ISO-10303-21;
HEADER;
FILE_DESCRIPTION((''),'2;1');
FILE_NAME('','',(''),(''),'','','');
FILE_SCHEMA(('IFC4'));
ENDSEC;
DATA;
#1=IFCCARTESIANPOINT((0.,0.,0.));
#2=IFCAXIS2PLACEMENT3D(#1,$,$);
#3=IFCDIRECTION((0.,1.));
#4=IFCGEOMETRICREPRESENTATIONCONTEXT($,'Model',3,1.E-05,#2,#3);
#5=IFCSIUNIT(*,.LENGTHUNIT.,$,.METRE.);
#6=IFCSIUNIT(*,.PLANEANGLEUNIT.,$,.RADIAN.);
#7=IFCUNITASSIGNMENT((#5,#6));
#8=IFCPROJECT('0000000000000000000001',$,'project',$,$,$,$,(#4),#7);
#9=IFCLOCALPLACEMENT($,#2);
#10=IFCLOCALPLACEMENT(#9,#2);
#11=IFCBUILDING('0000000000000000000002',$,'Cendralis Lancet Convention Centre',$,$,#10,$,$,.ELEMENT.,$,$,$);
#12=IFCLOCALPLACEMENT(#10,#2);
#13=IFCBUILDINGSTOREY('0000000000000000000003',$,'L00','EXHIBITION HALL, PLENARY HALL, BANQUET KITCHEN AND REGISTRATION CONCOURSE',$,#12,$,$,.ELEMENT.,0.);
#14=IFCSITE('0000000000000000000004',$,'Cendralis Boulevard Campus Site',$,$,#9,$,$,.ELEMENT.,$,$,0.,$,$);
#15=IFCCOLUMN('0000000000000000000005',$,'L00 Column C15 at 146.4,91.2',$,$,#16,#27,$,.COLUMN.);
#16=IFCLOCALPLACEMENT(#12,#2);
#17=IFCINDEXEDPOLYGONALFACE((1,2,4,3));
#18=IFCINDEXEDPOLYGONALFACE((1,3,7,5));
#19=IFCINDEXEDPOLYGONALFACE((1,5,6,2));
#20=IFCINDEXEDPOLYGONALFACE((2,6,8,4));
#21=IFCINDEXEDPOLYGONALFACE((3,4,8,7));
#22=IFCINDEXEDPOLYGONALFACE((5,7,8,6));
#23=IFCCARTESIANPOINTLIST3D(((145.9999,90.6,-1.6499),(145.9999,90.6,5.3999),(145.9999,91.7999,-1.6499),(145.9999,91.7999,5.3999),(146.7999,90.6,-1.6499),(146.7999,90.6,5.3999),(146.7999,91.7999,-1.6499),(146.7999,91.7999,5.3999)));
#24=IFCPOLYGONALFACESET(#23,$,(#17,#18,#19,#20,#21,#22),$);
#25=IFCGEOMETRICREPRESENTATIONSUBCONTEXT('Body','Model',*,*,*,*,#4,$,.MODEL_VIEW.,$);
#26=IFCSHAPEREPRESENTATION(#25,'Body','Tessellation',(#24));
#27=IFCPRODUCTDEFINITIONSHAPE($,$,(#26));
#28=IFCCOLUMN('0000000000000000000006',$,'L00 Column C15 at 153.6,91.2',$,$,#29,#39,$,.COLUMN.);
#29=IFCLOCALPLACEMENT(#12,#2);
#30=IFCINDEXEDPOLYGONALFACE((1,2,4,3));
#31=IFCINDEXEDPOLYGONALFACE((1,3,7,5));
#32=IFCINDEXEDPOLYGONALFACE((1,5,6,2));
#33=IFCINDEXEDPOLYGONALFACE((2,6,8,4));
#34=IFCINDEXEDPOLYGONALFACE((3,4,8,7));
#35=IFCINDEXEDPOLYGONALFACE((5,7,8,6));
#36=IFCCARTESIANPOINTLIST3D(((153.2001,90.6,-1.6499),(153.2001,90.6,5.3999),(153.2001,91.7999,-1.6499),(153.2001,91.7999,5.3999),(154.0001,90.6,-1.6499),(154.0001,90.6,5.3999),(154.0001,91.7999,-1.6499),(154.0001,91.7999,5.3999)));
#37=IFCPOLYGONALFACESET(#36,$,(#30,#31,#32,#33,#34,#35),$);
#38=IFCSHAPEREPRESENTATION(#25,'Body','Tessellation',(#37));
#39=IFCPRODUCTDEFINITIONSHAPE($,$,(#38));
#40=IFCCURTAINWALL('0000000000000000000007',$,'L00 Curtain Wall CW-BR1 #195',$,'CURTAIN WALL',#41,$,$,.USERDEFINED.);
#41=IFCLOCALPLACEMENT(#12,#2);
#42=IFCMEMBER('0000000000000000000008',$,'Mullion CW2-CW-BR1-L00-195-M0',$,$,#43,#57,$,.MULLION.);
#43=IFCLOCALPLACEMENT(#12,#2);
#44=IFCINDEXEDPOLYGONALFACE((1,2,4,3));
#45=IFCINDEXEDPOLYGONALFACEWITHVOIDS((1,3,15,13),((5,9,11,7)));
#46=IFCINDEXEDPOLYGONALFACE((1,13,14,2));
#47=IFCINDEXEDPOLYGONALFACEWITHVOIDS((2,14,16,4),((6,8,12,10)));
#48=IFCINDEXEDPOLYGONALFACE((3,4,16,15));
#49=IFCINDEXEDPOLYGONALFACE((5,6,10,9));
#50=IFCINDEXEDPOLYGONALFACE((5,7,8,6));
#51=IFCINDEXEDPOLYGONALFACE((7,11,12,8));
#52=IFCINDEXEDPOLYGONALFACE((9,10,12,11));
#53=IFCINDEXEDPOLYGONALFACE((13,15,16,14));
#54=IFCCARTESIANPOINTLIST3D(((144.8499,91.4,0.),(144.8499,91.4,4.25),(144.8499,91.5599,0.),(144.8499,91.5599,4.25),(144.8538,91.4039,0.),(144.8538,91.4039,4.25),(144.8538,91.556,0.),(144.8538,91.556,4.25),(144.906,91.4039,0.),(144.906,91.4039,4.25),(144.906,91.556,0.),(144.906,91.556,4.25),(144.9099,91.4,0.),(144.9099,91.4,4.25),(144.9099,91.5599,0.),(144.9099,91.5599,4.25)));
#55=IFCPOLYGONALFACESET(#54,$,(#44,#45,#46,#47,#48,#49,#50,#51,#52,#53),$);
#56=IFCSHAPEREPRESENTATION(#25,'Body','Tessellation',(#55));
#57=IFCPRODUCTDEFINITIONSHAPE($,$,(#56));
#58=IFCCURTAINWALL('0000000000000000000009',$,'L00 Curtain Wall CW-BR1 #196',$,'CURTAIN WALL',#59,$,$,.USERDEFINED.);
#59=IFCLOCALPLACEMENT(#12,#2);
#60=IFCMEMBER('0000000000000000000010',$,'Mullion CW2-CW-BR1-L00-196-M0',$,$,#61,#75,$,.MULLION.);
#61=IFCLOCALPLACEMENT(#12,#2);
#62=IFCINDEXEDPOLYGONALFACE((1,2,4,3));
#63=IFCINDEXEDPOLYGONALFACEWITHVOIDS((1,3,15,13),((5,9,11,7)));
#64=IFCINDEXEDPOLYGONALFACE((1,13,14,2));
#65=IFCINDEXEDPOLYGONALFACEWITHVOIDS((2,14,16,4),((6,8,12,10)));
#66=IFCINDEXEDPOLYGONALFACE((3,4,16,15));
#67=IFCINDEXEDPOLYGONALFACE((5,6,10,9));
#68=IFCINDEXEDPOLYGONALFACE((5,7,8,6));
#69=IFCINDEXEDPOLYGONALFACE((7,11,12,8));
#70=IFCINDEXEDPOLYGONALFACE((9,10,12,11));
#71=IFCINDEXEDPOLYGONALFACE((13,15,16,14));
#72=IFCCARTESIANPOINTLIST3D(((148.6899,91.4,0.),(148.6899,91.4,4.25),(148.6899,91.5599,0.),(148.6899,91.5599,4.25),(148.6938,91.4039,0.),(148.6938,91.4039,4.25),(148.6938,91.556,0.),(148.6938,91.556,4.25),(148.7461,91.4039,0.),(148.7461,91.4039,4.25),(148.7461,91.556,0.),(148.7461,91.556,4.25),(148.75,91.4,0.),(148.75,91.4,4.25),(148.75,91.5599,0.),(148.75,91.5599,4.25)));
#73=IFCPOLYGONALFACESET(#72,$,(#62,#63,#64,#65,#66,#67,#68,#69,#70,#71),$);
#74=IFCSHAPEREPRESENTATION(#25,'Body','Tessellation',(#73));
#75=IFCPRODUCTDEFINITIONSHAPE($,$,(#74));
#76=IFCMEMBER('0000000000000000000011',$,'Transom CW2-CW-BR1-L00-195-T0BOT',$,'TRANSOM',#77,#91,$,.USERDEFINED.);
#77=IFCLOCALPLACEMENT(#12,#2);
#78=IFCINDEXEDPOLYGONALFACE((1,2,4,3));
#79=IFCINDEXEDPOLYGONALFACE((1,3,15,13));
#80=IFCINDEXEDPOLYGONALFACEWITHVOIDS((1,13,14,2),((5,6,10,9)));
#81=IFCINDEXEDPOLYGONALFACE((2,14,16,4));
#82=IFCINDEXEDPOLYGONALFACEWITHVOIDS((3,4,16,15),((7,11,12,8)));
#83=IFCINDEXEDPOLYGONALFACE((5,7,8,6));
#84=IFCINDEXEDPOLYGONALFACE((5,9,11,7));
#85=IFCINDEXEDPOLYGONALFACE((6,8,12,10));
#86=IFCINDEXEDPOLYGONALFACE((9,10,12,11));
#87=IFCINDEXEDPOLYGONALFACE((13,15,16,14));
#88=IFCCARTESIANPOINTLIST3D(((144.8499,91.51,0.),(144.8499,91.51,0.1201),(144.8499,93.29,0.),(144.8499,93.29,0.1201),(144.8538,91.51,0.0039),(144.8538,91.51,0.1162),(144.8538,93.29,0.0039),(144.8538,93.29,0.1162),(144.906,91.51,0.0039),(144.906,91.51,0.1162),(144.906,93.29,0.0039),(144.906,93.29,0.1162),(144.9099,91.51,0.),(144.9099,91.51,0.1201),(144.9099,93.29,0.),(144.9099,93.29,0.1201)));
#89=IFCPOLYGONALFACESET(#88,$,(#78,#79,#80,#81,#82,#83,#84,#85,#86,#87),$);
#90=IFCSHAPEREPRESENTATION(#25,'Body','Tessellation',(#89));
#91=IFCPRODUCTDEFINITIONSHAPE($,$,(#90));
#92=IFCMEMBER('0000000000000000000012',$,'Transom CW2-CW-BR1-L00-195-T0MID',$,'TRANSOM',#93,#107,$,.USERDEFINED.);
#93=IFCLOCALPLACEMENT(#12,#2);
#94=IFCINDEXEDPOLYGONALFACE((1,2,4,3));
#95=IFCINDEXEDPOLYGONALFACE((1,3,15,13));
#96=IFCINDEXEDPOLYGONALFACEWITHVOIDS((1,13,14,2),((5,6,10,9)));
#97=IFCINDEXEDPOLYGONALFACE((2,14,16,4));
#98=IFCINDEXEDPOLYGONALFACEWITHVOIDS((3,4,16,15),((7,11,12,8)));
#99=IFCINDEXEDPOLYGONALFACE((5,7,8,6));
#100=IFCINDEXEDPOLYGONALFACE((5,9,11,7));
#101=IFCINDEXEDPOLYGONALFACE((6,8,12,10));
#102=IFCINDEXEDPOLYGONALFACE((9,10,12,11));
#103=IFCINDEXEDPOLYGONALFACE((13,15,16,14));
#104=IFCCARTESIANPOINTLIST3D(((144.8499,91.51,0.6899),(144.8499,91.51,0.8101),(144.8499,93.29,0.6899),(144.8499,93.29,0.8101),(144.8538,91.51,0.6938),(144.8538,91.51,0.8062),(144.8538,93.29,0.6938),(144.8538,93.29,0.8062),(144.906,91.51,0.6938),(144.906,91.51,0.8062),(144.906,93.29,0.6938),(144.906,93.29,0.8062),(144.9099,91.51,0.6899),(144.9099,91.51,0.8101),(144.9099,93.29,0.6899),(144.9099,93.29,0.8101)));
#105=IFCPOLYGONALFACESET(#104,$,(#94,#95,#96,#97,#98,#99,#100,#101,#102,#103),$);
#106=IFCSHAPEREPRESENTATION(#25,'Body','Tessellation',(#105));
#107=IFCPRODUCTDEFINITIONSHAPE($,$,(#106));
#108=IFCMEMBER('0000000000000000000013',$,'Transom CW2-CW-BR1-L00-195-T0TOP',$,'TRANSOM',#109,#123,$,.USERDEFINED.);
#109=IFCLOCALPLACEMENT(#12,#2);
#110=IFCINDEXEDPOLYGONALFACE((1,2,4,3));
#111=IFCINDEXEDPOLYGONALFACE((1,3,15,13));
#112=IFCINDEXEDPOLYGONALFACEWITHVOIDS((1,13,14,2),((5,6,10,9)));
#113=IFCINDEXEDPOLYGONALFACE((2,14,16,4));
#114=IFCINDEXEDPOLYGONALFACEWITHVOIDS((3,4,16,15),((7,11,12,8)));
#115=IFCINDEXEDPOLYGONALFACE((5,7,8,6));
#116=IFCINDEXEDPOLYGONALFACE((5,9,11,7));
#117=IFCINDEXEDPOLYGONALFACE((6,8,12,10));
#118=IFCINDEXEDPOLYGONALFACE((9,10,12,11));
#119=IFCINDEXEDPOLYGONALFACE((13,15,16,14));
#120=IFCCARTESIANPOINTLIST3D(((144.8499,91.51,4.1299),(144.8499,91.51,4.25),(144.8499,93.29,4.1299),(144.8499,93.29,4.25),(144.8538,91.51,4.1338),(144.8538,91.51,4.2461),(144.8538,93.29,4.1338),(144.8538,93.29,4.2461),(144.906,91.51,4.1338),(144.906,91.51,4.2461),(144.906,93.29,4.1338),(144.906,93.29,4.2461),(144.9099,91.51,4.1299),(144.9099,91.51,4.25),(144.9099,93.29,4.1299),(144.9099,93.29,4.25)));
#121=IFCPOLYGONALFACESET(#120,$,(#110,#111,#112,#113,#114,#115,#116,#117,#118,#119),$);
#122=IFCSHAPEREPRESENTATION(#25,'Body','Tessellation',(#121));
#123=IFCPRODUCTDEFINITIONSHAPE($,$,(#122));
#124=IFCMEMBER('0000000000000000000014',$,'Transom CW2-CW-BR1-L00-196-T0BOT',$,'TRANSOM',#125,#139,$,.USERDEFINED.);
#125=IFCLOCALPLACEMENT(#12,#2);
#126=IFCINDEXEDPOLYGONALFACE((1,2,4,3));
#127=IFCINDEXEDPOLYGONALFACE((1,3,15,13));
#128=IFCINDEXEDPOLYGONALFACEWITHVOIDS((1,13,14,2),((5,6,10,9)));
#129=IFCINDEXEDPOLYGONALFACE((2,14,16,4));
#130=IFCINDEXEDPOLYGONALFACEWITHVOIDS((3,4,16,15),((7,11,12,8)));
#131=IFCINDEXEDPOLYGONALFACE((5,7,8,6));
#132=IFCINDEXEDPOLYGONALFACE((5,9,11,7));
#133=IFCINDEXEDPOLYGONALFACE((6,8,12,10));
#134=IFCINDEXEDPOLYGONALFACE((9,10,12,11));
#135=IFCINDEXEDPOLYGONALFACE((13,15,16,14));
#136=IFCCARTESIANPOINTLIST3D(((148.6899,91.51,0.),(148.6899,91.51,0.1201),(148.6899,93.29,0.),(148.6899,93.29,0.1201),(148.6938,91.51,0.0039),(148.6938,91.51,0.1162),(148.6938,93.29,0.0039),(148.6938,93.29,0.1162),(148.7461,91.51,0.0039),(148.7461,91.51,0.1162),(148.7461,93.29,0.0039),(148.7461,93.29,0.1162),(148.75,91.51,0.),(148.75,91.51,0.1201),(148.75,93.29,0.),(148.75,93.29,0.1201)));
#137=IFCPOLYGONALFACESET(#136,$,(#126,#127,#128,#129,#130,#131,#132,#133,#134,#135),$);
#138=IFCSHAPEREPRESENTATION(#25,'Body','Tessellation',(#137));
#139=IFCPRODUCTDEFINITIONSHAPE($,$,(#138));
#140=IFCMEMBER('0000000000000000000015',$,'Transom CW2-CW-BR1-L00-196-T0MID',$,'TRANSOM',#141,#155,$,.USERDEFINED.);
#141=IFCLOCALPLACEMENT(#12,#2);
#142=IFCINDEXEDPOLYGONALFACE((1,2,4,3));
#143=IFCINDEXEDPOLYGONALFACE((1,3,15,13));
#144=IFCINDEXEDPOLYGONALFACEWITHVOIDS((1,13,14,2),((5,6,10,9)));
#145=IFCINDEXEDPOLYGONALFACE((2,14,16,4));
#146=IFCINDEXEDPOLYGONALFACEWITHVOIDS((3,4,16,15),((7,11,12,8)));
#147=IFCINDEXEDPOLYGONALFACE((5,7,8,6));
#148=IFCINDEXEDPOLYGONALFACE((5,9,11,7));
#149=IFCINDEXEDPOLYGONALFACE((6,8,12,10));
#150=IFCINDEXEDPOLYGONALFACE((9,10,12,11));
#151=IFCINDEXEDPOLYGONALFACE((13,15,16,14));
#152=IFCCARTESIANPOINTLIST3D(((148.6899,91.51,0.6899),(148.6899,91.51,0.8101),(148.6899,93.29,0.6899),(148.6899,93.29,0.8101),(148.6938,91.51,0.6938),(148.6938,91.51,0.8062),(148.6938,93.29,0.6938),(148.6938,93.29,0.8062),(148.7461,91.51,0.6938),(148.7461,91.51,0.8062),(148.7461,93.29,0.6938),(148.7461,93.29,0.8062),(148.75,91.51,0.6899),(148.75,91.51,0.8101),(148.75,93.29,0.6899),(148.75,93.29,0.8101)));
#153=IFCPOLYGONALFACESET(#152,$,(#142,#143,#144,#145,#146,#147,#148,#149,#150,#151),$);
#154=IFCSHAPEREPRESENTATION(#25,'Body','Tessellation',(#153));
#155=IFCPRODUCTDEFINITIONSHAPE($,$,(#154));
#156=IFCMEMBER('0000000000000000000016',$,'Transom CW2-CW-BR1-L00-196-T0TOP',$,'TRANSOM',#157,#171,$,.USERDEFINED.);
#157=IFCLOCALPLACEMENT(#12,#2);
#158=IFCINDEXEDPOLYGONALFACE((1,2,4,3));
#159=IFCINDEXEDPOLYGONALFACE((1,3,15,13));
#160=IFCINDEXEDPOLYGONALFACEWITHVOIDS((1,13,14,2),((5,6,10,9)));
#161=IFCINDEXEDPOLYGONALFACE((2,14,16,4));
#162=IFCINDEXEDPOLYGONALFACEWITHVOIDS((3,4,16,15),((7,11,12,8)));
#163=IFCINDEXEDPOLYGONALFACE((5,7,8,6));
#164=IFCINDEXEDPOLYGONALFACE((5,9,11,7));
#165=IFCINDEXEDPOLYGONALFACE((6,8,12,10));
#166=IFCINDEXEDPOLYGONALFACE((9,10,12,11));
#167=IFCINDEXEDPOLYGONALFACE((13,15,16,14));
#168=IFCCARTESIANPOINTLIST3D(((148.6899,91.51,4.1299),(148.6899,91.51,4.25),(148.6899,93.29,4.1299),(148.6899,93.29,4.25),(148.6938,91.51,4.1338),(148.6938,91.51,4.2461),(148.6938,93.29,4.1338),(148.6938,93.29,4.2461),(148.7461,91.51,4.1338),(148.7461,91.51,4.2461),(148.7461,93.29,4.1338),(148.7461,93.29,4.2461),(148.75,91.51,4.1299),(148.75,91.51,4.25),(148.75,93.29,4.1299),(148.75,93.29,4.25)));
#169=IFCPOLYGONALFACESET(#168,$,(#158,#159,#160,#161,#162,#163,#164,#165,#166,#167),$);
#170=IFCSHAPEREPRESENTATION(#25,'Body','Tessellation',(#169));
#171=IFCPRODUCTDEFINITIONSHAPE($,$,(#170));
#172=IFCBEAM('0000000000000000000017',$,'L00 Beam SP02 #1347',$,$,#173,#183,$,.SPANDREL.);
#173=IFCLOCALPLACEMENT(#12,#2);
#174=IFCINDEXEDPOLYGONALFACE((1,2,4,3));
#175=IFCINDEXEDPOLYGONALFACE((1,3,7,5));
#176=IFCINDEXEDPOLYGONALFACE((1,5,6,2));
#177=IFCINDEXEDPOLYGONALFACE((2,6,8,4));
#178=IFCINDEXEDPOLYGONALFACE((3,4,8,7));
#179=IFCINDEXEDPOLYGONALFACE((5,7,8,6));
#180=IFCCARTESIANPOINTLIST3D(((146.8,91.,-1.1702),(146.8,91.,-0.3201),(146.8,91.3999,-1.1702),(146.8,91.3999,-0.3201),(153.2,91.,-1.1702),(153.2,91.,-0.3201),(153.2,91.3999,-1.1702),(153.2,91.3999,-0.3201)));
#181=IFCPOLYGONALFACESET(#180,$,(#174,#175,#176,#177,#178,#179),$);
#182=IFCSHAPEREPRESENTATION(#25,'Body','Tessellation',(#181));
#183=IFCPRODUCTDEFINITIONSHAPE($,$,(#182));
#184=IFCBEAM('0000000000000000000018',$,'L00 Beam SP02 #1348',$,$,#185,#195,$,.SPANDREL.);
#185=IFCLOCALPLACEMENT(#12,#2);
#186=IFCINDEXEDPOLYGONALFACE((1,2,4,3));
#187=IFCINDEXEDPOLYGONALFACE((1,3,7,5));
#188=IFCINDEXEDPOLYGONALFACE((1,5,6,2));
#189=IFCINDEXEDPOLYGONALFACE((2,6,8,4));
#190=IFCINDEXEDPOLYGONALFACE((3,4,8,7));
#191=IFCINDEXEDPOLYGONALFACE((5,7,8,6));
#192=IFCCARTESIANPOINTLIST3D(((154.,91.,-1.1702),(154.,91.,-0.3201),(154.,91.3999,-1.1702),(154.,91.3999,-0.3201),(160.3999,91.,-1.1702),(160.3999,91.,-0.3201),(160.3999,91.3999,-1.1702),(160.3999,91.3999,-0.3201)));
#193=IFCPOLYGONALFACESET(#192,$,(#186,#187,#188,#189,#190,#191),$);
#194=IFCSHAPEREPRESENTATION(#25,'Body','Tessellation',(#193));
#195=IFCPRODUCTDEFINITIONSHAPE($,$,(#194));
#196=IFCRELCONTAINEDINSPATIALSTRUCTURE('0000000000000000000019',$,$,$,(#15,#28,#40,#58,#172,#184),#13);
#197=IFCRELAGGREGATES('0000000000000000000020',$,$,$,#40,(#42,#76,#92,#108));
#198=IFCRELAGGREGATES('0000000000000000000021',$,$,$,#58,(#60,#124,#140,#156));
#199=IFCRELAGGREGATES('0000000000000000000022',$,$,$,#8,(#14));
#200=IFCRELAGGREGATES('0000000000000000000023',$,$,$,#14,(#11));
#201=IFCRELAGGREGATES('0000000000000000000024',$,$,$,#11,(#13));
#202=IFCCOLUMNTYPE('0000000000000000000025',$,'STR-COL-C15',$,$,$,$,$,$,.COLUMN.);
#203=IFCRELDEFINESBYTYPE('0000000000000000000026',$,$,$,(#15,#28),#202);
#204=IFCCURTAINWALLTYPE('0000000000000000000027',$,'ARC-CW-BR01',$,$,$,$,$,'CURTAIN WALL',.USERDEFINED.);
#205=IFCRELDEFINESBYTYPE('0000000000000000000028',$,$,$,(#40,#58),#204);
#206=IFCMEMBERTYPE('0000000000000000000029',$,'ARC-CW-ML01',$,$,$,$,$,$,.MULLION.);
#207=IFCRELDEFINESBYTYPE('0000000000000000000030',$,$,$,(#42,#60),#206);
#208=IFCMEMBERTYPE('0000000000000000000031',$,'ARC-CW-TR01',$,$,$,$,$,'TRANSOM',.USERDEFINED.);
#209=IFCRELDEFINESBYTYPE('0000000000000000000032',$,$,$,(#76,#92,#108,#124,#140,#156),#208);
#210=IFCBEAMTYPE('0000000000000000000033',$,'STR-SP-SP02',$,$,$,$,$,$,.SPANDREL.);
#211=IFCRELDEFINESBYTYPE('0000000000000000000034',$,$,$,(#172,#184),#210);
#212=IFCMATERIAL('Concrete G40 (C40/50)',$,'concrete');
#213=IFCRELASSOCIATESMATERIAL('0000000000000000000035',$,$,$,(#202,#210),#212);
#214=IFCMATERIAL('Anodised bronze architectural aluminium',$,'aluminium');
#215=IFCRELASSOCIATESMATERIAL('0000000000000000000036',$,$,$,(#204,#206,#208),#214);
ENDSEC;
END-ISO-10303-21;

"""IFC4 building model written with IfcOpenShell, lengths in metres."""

from ifc_helpers import new_model, si_unit, direction, frame, origin, origin_2d, place, context, subcontext, project, spatial, rectangle, hollow_rectangle, extrude, material, material_profile, profile_set, type_object, element, aggregate, save


model = new_model("IFC4")

# Units and contexts
model_context = context("Model", 3, precision=1e-05, world=origin(), true_north=direction((0.0, 1.0)))
body_context = subcontext(model_context, "Body", "Model", "MODEL_VIEW")
ifc_project = project(units=[si_unit("LENGTHUNIT", "METRE"), si_unit("PLANEANGLEUNIT", "RADIAN")], contexts=[model_context])

# Site, building, storey
site_placement = place(None, origin())
site = spatial("IfcSite", under=ifc_project, at=site_placement, Name="Cendralis Boulevard Campus Site", CompositionType="ELEMENT", RefElevation=0.0)
building_placement = place(site_placement, origin())
building = spatial("IfcBuilding", under=site, at=building_placement, Name="Cendralis Lancet Convention Centre", CompositionType="ELEMENT")
storey_placement = place(building_placement, origin())
storey = spatial("IfcBuildingStorey", under=building, at=storey_placement, Name="L00", Description="EXHIBITION HALL, PLENARY HALL, BANQUET KITCHEN AND REGISTRATION CONCOURSE", CompositionType="ELEMENT", Elevation=0.0)

# Columns
ifc_material_1 = material(Name="Concrete G40 (C40/50)", Category="concrete")
ifc_material_profile_1 = material_profile(ifc_material_1, rectangle(XDim=0.8, YDim=1.2, at=origin_2d()), Name="RC 800x1200")
ifc_profile_set_1 = profile_set([ifc_material_profile_1], Name="Concrete G40 (C40/50)")
column_type = type_object("IfcColumnType", Name="STR-COL-C15", PredefinedType="COLUMN", material=ifc_profile_set_1)
for number, where, z_axis, x_axis, name in (
    (1, (146.3999, 91.2, -1.6499), (0.0, 0.0, 1.0), (1.0, 0.0, 0.0), "L00 Column C15 at 146.4,91.2"),
    (2, (153.6001, 91.2, -1.6499), (0.0, 0.0, 1.0), (1.0, 0.0, 0.0), "L00 Column C15 at 153.6,91.2"),
):
    element("IfcColumn", number, at=place(storey_placement, frame(where, z_axis=z_axis, x_axis=x_axis)), inside=storey, type_object=column_type, Name=name, PredefinedType="COLUMN", context=body_context, shape_type="SweptSolid", body=[
        extrude(rectangle(XDim=0.8, YDim=1.2, at=origin_2d()), origin(), (0.0, 0.0, 1.0), 7.0498),
    ])

# Curtain walls, members
ifc_material_2 = material(Name="Anodised bronze architectural aluminium", Category="aluminium")
curtain_wall_type = type_object("IfcCurtainWallType", Name="ARC-CW-BR01", ElementType="CURTAIN WALL", PredefinedType="USERDEFINED", material=ifc_material_2)
curtain_wall_1_placement = place(storey_placement, origin())
curtain_wall_1 = element("IfcCurtainWall", 3, at=curtain_wall_1_placement, inside=storey, type_object=curtain_wall_type, Name="L00 Curtain Wall CW-BR1 #195", ObjectType="CURTAIN WALL", PredefinedType="USERDEFINED")
ifc_material_profile_2 = material_profile(ifc_material_2, hollow_rectangle(XDim=0.0601, YDim=0.1599, WallThickness=0.0039, at=origin_2d()), Name="AL-MULL 60x160x4.0")
ifc_profile_set_2 = profile_set([ifc_material_profile_2], Name="Anodised bronze architectural aluminium")
member_type_1 = type_object("IfcMemberType", Name="ARC-CW-ML01", PredefinedType="MULLION", material=ifc_profile_set_2)
member_1_placement = place(storey_placement, frame((144.8799, 91.48, 0.0), z_axis=(0.0, 0.0, 1.0), x_axis=(1.0, 0.0, 0.0)))
member_1 = element("IfcMember", 4, at=member_1_placement, type_object=member_type_1, Name="Mullion CW2-CW-BR1-L00-195-M0", PredefinedType="MULLION", context=body_context, shape_type="SweptSolid", body=[
    extrude(hollow_rectangle(XDim=0.0601, YDim=0.1599, WallThickness=0.0039, at=origin_2d()), origin(), (0.0, 0.0, 1.0), 4.25),
])
curtain_wall_2_placement = place(storey_placement, origin())
curtain_wall_2 = element("IfcCurtainWall", 5, at=curtain_wall_2_placement, inside=storey, type_object=curtain_wall_type, Name="L00 Curtain Wall CW-BR1 #196", ObjectType="CURTAIN WALL", PredefinedType="USERDEFINED")
member_2_placement = place(storey_placement, frame((148.72, 91.48, 0.0), z_axis=(0.0, 0.0, 1.0), x_axis=(1.0, 0.0, 0.0)))
member_2 = element("IfcMember", 6, at=member_2_placement, type_object=member_type_1, Name="Mullion CW2-CW-BR1-L00-196-M0", PredefinedType="MULLION", context=body_context, shape_type="SweptSolid", body=[
    extrude(hollow_rectangle(XDim=0.0601, YDim=0.1599, WallThickness=0.0039, at=origin_2d()), origin(), (0.0, 0.0, 1.0), 4.25),
])

# Members
ifc_material_profile_3 = material_profile(ifc_material_2, hollow_rectangle(XDim=0.0601, YDim=0.1201, WallThickness=0.0039, at=origin_2d()), Name="AL-TRAN 60x120x4.0")
ifc_profile_set_3 = profile_set([ifc_material_profile_3], Name="Anodised bronze architectural aluminium")
member_type_2 = type_object("IfcMemberType", Name="ARC-CW-TR01", ElementType="TRANSOM", PredefinedType="USERDEFINED", material=ifc_profile_set_3)
member_3_placement = place(storey_placement, frame((144.8799, 91.51, 0.0601), z_axis=(0.0, 1.0, 0.0), x_axis=(-1.0, 0.0, 0.0)))
member_3 = element("IfcMember", 7, at=member_3_placement, type_object=member_type_2, Name="Transom CW2-CW-BR1-L00-195-T0BOT", ObjectType="TRANSOM", PredefinedType="USERDEFINED", context=body_context, shape_type="SweptSolid", body=[
    extrude(hollow_rectangle(XDim=0.0601, YDim=0.1201, WallThickness=0.0039, at=origin_2d()), origin(), (0.0, 0.0, 1.0), 1.78),
])
member_4_placement = place(storey_placement, frame((144.8799, 91.51, 0.75), z_axis=(0.0, 1.0, 0.0), x_axis=(-1.0, 0.0, 0.0)))
member_4 = element("IfcMember", 8, at=member_4_placement, type_object=member_type_2, Name="Transom CW2-CW-BR1-L00-195-T0MID", ObjectType="TRANSOM", PredefinedType="USERDEFINED", context=body_context, shape_type="SweptSolid", body=[
    extrude(hollow_rectangle(XDim=0.0601, YDim=0.1201, WallThickness=0.0039, at=origin_2d()), origin(), (0.0, 0.0, 1.0), 1.78),
])
member_5_placement = place(storey_placement, frame((144.8799, 91.51, 4.1899), z_axis=(0.0, 1.0, 0.0), x_axis=(-1.0, 0.0, 0.0)))
member_5 = element("IfcMember", 9, at=member_5_placement, type_object=member_type_2, Name="Transom CW2-CW-BR1-L00-195-T0TOP", ObjectType="TRANSOM", PredefinedType="USERDEFINED", context=body_context, shape_type="SweptSolid", body=[
    extrude(hollow_rectangle(XDim=0.0601, YDim=0.1201, WallThickness=0.0039, at=origin_2d()), origin(), (0.0, 0.0, 1.0), 1.78),
])
aggregate(curtain_wall_1, [member_1, member_3, member_4, member_5])
member_6_placement = place(storey_placement, frame((148.72, 91.51, 0.0601), z_axis=(0.0, 1.0, 0.0), x_axis=(-1.0, 0.0, 0.0)))
member_6 = element("IfcMember", 10, at=member_6_placement, type_object=member_type_2, Name="Transom CW2-CW-BR1-L00-196-T0BOT", ObjectType="TRANSOM", PredefinedType="USERDEFINED", context=body_context, shape_type="SweptSolid", body=[
    extrude(hollow_rectangle(XDim=0.0601, YDim=0.1201, WallThickness=0.0039, at=origin_2d()), origin(), (0.0, 0.0, 1.0), 1.78),
])
member_7_placement = place(storey_placement, frame((148.72, 91.51, 0.75), z_axis=(0.0, 1.0, 0.0), x_axis=(-1.0, 0.0, 0.0)))
member_7 = element("IfcMember", 11, at=member_7_placement, type_object=member_type_2, Name="Transom CW2-CW-BR1-L00-196-T0MID", ObjectType="TRANSOM", PredefinedType="USERDEFINED", context=body_context, shape_type="SweptSolid", body=[
    extrude(hollow_rectangle(XDim=0.0601, YDim=0.1201, WallThickness=0.0039, at=origin_2d()), origin(), (0.0, 0.0, 1.0), 1.78),
])
member_8_placement = place(storey_placement, frame((148.72, 91.51, 4.1899), z_axis=(0.0, 1.0, 0.0), x_axis=(-1.0, 0.0, 0.0)))
member_8 = element("IfcMember", 12, at=member_8_placement, type_object=member_type_2, Name="Transom CW2-CW-BR1-L00-196-T0TOP", ObjectType="TRANSOM", PredefinedType="USERDEFINED", context=body_context, shape_type="SweptSolid", body=[
    extrude(hollow_rectangle(XDim=0.0601, YDim=0.1201, WallThickness=0.0039, at=origin_2d()), origin(), (0.0, 0.0, 1.0), 1.78),
])
aggregate(curtain_wall_2, [member_2, member_6, member_7, member_8])

# Beams
ifc_material_profile_4 = material_profile(ifc_material_1, rectangle(XDim=0.3999, YDim=0.8501, at=origin_2d()), Name="RCB 400x850")
ifc_profile_set_4 = profile_set([ifc_material_profile_4], Name="Concrete G40 (C40/50)")
beam_type = type_object("IfcBeamType", Name="STR-SP-SP02", PredefinedType="SPANDREL", material=ifc_profile_set_4)
for number, where, z_axis, x_axis, name in (
    (13, (146.8, 91.2, -0.7451), (1.0, 0.0, 0.0), (0.0, 1.0, 0.0), "L00 Beam SP02 #1347"),
    (14, (154.0, 91.2, -0.7451), (1.0, 0.0, 0.0), (0.0, 1.0, 0.0), "L00 Beam SP02 #1348"),
):
    element("IfcBeam", number, at=place(storey_placement, frame(where, z_axis=z_axis, x_axis=x_axis)), inside=storey, type_object=beam_type, Name=name, PredefinedType="SPANDREL", context=body_context, shape_type="SweptSolid", body=[
        extrude(rectangle(XDim=0.3999, YDim=0.8501, at=origin_2d()), origin(), (0.0, 0.0, 1.0), 6.3999),
    ])

save(model, "model.ifc")
